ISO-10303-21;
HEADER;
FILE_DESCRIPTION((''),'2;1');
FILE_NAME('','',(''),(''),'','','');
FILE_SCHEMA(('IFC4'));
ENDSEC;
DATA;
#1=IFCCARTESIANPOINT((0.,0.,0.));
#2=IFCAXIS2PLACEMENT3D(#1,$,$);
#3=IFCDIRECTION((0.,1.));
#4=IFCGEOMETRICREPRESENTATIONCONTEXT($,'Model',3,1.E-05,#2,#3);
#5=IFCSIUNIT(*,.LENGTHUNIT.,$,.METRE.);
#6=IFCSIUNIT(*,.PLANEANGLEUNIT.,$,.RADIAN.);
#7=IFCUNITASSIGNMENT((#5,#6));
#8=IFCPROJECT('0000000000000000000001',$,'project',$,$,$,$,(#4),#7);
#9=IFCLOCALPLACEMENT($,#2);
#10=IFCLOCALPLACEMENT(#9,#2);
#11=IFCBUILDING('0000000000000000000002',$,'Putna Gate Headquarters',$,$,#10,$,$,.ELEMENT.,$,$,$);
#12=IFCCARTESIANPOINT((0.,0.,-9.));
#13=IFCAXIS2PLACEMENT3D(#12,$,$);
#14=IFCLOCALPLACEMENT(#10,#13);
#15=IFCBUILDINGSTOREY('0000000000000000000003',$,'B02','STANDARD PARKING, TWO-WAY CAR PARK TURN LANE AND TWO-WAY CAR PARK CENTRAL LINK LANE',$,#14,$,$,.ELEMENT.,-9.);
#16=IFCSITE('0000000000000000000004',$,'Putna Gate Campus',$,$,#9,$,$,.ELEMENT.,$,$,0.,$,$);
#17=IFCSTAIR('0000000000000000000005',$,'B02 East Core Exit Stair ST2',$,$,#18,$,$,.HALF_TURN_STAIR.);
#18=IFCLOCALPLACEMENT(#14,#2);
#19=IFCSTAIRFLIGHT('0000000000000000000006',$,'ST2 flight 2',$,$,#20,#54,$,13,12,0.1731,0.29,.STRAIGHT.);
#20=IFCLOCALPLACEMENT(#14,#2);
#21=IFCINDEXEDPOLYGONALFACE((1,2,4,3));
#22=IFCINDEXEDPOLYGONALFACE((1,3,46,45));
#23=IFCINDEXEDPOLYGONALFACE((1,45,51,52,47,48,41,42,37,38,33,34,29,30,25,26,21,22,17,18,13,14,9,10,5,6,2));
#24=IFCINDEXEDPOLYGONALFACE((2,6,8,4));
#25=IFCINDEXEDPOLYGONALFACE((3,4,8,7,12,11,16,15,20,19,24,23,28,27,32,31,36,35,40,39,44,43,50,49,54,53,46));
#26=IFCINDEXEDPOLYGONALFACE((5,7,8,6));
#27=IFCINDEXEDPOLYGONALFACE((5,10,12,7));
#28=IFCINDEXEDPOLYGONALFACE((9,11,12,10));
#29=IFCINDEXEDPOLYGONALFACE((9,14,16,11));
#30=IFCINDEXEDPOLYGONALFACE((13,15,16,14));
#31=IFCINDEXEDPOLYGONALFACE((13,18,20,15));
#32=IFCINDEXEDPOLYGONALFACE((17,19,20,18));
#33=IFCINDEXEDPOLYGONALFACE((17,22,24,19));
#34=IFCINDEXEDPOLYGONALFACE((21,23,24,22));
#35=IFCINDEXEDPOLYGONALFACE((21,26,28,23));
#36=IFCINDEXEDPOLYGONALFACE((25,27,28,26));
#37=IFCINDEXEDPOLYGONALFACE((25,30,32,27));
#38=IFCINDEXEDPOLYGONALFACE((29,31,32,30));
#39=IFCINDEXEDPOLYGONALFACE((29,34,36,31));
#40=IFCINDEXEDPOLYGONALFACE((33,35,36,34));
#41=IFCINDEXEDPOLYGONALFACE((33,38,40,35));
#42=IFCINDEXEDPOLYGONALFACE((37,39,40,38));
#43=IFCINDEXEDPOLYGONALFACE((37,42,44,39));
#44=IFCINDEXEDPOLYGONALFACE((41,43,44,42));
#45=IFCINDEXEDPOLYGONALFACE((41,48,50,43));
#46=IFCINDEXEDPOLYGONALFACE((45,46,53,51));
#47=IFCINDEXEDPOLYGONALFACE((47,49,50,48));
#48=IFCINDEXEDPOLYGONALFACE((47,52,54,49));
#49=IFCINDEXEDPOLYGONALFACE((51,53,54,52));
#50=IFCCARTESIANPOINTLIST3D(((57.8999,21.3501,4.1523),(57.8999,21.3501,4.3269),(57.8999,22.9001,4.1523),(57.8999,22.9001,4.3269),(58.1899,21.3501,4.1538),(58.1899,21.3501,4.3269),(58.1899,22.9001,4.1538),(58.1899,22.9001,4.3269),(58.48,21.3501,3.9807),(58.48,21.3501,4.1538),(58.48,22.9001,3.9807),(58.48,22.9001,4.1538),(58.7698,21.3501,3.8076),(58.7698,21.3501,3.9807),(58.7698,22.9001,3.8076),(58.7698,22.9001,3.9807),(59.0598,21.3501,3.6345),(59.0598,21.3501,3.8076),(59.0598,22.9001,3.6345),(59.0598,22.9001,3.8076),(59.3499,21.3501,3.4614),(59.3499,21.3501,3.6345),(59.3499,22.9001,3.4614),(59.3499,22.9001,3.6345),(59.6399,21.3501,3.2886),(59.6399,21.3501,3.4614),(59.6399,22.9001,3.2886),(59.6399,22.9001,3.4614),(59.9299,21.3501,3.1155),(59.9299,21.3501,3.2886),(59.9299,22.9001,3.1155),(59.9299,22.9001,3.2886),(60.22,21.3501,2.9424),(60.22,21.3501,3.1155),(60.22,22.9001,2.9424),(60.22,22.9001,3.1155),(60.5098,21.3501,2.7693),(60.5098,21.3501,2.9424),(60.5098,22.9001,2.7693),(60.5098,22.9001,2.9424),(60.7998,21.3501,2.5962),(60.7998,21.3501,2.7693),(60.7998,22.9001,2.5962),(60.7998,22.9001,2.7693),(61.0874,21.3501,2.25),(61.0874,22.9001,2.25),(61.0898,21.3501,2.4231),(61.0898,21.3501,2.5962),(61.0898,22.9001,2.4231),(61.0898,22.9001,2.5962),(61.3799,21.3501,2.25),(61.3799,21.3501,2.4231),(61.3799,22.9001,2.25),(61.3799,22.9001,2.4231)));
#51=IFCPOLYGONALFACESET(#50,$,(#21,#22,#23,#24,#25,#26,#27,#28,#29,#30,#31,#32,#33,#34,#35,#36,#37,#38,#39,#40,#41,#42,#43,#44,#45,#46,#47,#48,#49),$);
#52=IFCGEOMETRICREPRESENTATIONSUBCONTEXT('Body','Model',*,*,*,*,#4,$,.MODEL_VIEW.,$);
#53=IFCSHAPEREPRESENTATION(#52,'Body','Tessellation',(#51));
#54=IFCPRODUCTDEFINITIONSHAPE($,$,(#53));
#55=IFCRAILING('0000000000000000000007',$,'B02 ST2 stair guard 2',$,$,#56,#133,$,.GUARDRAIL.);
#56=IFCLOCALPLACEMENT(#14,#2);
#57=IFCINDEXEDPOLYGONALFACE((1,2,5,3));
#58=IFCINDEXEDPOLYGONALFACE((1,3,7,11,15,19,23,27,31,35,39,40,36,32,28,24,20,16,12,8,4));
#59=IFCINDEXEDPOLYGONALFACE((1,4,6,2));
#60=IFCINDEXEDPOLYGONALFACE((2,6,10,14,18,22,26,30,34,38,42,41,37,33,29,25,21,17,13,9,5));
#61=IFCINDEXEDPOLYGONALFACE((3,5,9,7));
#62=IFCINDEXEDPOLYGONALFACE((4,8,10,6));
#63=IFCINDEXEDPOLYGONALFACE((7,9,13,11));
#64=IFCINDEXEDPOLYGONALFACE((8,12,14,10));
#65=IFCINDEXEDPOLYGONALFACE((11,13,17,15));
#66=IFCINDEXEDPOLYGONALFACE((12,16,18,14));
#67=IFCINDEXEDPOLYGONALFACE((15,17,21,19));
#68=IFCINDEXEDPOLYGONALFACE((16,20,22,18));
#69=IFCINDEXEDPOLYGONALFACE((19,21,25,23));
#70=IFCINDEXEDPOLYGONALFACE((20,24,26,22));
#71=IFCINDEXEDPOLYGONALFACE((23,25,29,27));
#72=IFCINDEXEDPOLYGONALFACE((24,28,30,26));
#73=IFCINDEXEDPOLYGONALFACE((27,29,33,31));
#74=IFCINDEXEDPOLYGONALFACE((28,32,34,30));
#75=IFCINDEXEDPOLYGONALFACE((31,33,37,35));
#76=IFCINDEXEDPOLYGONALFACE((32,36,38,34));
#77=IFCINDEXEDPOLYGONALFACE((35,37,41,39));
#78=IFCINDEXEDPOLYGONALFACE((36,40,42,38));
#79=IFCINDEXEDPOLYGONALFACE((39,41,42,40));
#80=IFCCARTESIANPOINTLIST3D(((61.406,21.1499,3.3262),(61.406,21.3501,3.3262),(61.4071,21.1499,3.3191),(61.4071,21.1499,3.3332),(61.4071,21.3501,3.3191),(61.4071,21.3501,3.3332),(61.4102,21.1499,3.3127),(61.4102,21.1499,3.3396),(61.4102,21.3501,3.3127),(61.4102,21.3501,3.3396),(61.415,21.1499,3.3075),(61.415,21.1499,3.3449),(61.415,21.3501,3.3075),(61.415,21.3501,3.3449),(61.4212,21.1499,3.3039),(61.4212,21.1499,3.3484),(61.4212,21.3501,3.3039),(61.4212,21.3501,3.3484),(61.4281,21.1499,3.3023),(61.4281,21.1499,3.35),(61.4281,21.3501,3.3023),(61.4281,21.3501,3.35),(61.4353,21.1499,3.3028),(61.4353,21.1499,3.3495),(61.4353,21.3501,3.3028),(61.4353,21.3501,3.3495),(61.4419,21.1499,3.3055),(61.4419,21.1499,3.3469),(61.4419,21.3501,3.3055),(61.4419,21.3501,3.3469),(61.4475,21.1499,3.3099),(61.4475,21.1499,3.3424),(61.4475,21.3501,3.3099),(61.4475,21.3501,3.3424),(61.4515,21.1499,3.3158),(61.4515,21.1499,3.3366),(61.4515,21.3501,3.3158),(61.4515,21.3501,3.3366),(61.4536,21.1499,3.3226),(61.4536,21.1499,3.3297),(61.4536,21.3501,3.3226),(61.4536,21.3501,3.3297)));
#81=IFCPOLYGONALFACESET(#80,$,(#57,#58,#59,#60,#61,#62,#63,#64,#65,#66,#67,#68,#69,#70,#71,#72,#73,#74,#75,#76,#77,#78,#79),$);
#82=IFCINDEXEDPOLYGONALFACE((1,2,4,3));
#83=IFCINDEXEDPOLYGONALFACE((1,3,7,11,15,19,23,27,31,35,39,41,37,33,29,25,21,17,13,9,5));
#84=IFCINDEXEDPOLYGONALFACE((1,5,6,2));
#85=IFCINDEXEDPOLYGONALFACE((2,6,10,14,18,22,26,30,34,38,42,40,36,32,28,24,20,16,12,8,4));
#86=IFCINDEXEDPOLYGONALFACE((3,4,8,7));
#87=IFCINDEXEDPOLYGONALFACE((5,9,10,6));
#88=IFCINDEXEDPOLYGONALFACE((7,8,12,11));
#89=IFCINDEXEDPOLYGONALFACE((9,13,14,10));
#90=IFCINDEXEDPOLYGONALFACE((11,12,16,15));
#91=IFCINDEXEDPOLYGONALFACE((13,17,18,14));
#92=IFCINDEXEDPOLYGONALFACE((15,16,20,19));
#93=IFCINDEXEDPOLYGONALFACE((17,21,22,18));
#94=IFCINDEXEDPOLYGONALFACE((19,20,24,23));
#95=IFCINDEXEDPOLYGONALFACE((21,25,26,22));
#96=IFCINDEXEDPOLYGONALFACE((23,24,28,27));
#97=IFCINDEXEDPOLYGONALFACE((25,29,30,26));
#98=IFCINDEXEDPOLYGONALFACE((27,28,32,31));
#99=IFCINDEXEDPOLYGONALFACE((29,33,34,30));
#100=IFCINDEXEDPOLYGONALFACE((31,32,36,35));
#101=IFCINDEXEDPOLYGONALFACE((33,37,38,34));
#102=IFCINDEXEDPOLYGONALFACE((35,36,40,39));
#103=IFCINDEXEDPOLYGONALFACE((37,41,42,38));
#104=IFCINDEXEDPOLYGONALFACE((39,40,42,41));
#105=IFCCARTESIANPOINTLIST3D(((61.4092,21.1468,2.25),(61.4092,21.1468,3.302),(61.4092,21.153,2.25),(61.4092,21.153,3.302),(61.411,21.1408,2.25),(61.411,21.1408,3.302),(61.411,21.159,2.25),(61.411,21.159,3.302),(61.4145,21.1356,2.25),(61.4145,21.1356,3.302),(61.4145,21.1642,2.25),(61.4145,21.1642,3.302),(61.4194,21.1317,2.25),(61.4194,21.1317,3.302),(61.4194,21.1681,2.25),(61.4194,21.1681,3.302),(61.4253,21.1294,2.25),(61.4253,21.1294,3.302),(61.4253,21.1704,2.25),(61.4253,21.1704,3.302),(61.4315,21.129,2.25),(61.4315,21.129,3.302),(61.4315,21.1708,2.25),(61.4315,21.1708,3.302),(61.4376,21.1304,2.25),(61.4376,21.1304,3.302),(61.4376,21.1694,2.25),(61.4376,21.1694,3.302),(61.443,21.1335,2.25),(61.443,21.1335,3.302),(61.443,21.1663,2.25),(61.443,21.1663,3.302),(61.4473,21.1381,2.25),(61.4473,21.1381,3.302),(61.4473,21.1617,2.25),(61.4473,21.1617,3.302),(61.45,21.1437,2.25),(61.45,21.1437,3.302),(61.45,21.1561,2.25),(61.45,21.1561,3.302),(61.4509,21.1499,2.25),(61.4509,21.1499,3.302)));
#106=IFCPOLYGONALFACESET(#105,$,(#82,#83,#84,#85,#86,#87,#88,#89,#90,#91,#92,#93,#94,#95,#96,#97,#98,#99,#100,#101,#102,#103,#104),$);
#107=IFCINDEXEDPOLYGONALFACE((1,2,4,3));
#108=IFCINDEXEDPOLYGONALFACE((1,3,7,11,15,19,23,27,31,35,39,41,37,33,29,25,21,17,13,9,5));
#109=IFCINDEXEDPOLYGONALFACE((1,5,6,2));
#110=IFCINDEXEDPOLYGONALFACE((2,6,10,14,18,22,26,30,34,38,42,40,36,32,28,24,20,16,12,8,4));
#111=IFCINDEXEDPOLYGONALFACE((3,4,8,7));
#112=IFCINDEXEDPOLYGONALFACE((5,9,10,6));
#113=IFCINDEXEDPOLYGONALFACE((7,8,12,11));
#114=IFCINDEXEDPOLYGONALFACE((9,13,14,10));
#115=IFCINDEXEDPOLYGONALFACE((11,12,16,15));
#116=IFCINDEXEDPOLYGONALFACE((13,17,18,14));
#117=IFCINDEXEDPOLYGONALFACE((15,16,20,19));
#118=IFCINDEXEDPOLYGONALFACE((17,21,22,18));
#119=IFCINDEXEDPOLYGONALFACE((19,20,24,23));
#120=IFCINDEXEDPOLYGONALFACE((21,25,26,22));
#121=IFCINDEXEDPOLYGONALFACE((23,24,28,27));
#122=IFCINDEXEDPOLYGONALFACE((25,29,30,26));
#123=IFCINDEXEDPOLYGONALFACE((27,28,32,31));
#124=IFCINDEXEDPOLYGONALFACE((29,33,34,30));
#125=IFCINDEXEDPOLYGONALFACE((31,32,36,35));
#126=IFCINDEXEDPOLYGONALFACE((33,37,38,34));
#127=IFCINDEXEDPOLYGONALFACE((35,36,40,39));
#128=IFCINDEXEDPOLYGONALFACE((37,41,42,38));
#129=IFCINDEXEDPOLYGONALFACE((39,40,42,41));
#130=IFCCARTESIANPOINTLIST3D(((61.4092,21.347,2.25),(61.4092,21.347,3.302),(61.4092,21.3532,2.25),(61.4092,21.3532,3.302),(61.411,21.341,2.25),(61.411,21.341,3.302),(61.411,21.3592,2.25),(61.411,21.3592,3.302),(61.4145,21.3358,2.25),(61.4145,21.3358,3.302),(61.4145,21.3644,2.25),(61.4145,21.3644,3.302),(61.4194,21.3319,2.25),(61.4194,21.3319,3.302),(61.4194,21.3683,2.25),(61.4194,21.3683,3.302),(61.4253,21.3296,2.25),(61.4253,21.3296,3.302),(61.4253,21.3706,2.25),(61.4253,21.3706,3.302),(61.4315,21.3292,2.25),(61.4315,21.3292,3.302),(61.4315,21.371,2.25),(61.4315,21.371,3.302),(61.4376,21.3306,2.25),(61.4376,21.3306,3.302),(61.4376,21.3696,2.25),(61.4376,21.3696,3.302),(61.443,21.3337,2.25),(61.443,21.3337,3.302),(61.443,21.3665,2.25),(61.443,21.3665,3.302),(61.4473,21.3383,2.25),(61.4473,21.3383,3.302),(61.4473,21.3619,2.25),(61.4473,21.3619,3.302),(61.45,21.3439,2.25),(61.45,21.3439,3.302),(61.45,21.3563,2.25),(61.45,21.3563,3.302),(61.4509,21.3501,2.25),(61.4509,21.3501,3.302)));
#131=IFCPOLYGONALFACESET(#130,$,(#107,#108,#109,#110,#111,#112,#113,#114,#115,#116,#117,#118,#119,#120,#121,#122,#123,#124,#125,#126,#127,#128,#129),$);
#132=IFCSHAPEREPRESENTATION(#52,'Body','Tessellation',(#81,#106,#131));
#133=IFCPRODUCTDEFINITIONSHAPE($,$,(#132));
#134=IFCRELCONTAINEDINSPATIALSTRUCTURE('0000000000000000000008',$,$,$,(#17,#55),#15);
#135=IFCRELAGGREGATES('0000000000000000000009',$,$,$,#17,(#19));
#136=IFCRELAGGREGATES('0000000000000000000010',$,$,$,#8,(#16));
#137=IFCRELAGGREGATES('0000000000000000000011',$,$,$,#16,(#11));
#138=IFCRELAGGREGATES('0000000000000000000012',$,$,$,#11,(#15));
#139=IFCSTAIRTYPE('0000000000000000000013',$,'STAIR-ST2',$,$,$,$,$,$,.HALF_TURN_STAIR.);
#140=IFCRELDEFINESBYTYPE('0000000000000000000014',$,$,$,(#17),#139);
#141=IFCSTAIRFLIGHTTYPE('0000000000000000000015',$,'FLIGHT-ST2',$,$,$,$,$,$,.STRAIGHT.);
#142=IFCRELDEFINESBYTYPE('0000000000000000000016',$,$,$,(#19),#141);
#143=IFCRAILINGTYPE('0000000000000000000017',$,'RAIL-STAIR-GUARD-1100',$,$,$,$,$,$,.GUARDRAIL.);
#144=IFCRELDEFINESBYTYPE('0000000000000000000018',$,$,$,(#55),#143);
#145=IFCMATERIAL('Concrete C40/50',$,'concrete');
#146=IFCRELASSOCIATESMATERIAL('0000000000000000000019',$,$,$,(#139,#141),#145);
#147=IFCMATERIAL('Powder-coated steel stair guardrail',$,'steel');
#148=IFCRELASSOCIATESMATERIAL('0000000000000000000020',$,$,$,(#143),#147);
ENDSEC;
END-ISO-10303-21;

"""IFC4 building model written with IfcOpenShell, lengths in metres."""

from ifc_helpers import new_model, si_unit, direction, frame, origin, origin_2d, place, context, subcontext, project, spatial, polyline, circle, outline, extrude, material, type_object, element, aggregate, save


model = new_model("IFC4")

# Units and contexts
model_context = context("Model", 3, precision=1e-05, world=origin(), true_north=direction((0.0, 1.0)))
body_context = subcontext(model_context, "Body", "Model", "MODEL_VIEW")
ifc_project = project(units=[si_unit("LENGTHUNIT", "METRE"), si_unit("PLANEANGLEUNIT", "RADIAN")], contexts=[model_context])

# Site, building, storey
site_placement = place(None, origin())
site = spatial("IfcSite", under=ifc_project, at=site_placement, Name="Putna Gate Campus", CompositionType="ELEMENT", RefElevation=0.0)
building_placement = place(site_placement, origin())
building = spatial("IfcBuilding", under=site, at=building_placement, Name="Putna Gate Headquarters", CompositionType="ELEMENT")
storey_placement = place(building_placement, frame((0.0, 0.0, -9.0)))
storey = spatial("IfcBuildingStorey", under=building, at=storey_placement, Name="B02", Description="STANDARD PARKING, TWO-WAY CAR PARK TURN LANE AND TWO-WAY CAR PARK CENTRAL LINK LANE", CompositionType="ELEMENT", Elevation=-9.0)

# Shared definitions
ifc_material_1 = material(Name="Concrete C40/50", Category="concrete")

# Stair, stair flight
stair_type = type_object("IfcStairType", Name="STAIR-ST2", PredefinedType="HALF_TURN_STAIR", material=ifc_material_1)
stair_placement = place(storey_placement, origin())
stair = element("IfcStair", 1, at=stair_placement, inside=storey, type_object=stair_type, Name="B02 East Core Exit Stair ST2", PredefinedType="HALF_TURN_STAIR")
stair_flight_type = type_object("IfcStairFlightType", Name="FLIGHT-ST2", PredefinedType="STRAIGHT", material=ifc_material_1)
stair_flight_placement = place(storey_placement, frame((61.3799, 22.125, 2.25), z_axis=(0.0, 0.0, 1.0), x_axis=(-1.0, 0.0, 0.0)))
stair_flight = element("IfcStairFlight", 2, at=stair_flight_placement, type_object=stair_flight_type, Name="ST2 flight 2", NumberOfRisers=13, NumberOfTreads=12, PredefinedType="STRAIGHT", RiserHeight=0.1731, TreadLength=0.29, context=body_context, shape_type="SweptSolid", body=[
    extrude(outline(polyline([(0.0, 0.0), (0.0, 0.1731), (0.29, 0.1731), (0.29, 0.3462), (0.5801, 0.3462), (0.5801, 0.5193), (0.8701, 0.5193), (0.8701, 0.6924), (1.1599, 0.6924), (1.1599, 0.8655), (1.45, 0.8655), (1.45, 1.0386), (1.74, 1.0386), (1.74, 1.2114), (2.03, 1.2114), (2.03, 1.3845), (2.3201, 1.3845), (2.3201, 1.5576), (2.6101, 1.5576), (2.6101, 1.7307), (2.8999, 1.7307), (2.8999, 1.9038), (3.1899, 1.9038), (3.1899, 2.0769), (3.48, 2.0769), (3.48, 2.25), (3.48, 1.9023), (0.2925, 0.0), (0.0, 0.0)])), frame((0.0, 0.7749, 0.0), z_axis=(0.0, -1.0, 0.0), x_axis=(1.0, 0.0, 0.0)), (0.0, 0.0, 1.0), 1.55),
])
aggregate(stair, [stair_flight])

# Railing
ifc_material_2 = material(Name="Powder-coated steel stair guardrail", Category="steel")
railing_type_1 = type_object("IfcRailingType", Name="RAIL-STAIR-GUARD-1100", PredefinedType="GUARDRAIL", material=ifc_material_2)
railing_1_placement = place(storey_placement, frame((61.4299, 21.1499, 2.25)))
element("IfcRailing", 3, at=railing_1_placement, inside=storey, type_object=railing_type_1, Name="B02 ST2 stair guard 2", PredefinedType="GUARDRAIL", context=body_context, shape_type="SweptSolid", body=[
    extrude(circle(Radius=0.0239, at=origin_2d()), frame((0.0, 0.0, 1.0762), z_axis=(0.0, 1.0, 0.0), x_axis=(-1.0, 0.0, 0.0)), (0.0, 0.0, 1.0), 0.2002),
    extrude(circle(Radius=0.021, at=origin_2d()), origin(), (0.0, 0.0, 1.0), 1.052),
    extrude(circle(Radius=0.021, at=origin_2d()), frame((0.0, 0.2002, 0.0)), (0.0, 0.0, 1.0), 1.052),
])

save(model, "model.ifc")
